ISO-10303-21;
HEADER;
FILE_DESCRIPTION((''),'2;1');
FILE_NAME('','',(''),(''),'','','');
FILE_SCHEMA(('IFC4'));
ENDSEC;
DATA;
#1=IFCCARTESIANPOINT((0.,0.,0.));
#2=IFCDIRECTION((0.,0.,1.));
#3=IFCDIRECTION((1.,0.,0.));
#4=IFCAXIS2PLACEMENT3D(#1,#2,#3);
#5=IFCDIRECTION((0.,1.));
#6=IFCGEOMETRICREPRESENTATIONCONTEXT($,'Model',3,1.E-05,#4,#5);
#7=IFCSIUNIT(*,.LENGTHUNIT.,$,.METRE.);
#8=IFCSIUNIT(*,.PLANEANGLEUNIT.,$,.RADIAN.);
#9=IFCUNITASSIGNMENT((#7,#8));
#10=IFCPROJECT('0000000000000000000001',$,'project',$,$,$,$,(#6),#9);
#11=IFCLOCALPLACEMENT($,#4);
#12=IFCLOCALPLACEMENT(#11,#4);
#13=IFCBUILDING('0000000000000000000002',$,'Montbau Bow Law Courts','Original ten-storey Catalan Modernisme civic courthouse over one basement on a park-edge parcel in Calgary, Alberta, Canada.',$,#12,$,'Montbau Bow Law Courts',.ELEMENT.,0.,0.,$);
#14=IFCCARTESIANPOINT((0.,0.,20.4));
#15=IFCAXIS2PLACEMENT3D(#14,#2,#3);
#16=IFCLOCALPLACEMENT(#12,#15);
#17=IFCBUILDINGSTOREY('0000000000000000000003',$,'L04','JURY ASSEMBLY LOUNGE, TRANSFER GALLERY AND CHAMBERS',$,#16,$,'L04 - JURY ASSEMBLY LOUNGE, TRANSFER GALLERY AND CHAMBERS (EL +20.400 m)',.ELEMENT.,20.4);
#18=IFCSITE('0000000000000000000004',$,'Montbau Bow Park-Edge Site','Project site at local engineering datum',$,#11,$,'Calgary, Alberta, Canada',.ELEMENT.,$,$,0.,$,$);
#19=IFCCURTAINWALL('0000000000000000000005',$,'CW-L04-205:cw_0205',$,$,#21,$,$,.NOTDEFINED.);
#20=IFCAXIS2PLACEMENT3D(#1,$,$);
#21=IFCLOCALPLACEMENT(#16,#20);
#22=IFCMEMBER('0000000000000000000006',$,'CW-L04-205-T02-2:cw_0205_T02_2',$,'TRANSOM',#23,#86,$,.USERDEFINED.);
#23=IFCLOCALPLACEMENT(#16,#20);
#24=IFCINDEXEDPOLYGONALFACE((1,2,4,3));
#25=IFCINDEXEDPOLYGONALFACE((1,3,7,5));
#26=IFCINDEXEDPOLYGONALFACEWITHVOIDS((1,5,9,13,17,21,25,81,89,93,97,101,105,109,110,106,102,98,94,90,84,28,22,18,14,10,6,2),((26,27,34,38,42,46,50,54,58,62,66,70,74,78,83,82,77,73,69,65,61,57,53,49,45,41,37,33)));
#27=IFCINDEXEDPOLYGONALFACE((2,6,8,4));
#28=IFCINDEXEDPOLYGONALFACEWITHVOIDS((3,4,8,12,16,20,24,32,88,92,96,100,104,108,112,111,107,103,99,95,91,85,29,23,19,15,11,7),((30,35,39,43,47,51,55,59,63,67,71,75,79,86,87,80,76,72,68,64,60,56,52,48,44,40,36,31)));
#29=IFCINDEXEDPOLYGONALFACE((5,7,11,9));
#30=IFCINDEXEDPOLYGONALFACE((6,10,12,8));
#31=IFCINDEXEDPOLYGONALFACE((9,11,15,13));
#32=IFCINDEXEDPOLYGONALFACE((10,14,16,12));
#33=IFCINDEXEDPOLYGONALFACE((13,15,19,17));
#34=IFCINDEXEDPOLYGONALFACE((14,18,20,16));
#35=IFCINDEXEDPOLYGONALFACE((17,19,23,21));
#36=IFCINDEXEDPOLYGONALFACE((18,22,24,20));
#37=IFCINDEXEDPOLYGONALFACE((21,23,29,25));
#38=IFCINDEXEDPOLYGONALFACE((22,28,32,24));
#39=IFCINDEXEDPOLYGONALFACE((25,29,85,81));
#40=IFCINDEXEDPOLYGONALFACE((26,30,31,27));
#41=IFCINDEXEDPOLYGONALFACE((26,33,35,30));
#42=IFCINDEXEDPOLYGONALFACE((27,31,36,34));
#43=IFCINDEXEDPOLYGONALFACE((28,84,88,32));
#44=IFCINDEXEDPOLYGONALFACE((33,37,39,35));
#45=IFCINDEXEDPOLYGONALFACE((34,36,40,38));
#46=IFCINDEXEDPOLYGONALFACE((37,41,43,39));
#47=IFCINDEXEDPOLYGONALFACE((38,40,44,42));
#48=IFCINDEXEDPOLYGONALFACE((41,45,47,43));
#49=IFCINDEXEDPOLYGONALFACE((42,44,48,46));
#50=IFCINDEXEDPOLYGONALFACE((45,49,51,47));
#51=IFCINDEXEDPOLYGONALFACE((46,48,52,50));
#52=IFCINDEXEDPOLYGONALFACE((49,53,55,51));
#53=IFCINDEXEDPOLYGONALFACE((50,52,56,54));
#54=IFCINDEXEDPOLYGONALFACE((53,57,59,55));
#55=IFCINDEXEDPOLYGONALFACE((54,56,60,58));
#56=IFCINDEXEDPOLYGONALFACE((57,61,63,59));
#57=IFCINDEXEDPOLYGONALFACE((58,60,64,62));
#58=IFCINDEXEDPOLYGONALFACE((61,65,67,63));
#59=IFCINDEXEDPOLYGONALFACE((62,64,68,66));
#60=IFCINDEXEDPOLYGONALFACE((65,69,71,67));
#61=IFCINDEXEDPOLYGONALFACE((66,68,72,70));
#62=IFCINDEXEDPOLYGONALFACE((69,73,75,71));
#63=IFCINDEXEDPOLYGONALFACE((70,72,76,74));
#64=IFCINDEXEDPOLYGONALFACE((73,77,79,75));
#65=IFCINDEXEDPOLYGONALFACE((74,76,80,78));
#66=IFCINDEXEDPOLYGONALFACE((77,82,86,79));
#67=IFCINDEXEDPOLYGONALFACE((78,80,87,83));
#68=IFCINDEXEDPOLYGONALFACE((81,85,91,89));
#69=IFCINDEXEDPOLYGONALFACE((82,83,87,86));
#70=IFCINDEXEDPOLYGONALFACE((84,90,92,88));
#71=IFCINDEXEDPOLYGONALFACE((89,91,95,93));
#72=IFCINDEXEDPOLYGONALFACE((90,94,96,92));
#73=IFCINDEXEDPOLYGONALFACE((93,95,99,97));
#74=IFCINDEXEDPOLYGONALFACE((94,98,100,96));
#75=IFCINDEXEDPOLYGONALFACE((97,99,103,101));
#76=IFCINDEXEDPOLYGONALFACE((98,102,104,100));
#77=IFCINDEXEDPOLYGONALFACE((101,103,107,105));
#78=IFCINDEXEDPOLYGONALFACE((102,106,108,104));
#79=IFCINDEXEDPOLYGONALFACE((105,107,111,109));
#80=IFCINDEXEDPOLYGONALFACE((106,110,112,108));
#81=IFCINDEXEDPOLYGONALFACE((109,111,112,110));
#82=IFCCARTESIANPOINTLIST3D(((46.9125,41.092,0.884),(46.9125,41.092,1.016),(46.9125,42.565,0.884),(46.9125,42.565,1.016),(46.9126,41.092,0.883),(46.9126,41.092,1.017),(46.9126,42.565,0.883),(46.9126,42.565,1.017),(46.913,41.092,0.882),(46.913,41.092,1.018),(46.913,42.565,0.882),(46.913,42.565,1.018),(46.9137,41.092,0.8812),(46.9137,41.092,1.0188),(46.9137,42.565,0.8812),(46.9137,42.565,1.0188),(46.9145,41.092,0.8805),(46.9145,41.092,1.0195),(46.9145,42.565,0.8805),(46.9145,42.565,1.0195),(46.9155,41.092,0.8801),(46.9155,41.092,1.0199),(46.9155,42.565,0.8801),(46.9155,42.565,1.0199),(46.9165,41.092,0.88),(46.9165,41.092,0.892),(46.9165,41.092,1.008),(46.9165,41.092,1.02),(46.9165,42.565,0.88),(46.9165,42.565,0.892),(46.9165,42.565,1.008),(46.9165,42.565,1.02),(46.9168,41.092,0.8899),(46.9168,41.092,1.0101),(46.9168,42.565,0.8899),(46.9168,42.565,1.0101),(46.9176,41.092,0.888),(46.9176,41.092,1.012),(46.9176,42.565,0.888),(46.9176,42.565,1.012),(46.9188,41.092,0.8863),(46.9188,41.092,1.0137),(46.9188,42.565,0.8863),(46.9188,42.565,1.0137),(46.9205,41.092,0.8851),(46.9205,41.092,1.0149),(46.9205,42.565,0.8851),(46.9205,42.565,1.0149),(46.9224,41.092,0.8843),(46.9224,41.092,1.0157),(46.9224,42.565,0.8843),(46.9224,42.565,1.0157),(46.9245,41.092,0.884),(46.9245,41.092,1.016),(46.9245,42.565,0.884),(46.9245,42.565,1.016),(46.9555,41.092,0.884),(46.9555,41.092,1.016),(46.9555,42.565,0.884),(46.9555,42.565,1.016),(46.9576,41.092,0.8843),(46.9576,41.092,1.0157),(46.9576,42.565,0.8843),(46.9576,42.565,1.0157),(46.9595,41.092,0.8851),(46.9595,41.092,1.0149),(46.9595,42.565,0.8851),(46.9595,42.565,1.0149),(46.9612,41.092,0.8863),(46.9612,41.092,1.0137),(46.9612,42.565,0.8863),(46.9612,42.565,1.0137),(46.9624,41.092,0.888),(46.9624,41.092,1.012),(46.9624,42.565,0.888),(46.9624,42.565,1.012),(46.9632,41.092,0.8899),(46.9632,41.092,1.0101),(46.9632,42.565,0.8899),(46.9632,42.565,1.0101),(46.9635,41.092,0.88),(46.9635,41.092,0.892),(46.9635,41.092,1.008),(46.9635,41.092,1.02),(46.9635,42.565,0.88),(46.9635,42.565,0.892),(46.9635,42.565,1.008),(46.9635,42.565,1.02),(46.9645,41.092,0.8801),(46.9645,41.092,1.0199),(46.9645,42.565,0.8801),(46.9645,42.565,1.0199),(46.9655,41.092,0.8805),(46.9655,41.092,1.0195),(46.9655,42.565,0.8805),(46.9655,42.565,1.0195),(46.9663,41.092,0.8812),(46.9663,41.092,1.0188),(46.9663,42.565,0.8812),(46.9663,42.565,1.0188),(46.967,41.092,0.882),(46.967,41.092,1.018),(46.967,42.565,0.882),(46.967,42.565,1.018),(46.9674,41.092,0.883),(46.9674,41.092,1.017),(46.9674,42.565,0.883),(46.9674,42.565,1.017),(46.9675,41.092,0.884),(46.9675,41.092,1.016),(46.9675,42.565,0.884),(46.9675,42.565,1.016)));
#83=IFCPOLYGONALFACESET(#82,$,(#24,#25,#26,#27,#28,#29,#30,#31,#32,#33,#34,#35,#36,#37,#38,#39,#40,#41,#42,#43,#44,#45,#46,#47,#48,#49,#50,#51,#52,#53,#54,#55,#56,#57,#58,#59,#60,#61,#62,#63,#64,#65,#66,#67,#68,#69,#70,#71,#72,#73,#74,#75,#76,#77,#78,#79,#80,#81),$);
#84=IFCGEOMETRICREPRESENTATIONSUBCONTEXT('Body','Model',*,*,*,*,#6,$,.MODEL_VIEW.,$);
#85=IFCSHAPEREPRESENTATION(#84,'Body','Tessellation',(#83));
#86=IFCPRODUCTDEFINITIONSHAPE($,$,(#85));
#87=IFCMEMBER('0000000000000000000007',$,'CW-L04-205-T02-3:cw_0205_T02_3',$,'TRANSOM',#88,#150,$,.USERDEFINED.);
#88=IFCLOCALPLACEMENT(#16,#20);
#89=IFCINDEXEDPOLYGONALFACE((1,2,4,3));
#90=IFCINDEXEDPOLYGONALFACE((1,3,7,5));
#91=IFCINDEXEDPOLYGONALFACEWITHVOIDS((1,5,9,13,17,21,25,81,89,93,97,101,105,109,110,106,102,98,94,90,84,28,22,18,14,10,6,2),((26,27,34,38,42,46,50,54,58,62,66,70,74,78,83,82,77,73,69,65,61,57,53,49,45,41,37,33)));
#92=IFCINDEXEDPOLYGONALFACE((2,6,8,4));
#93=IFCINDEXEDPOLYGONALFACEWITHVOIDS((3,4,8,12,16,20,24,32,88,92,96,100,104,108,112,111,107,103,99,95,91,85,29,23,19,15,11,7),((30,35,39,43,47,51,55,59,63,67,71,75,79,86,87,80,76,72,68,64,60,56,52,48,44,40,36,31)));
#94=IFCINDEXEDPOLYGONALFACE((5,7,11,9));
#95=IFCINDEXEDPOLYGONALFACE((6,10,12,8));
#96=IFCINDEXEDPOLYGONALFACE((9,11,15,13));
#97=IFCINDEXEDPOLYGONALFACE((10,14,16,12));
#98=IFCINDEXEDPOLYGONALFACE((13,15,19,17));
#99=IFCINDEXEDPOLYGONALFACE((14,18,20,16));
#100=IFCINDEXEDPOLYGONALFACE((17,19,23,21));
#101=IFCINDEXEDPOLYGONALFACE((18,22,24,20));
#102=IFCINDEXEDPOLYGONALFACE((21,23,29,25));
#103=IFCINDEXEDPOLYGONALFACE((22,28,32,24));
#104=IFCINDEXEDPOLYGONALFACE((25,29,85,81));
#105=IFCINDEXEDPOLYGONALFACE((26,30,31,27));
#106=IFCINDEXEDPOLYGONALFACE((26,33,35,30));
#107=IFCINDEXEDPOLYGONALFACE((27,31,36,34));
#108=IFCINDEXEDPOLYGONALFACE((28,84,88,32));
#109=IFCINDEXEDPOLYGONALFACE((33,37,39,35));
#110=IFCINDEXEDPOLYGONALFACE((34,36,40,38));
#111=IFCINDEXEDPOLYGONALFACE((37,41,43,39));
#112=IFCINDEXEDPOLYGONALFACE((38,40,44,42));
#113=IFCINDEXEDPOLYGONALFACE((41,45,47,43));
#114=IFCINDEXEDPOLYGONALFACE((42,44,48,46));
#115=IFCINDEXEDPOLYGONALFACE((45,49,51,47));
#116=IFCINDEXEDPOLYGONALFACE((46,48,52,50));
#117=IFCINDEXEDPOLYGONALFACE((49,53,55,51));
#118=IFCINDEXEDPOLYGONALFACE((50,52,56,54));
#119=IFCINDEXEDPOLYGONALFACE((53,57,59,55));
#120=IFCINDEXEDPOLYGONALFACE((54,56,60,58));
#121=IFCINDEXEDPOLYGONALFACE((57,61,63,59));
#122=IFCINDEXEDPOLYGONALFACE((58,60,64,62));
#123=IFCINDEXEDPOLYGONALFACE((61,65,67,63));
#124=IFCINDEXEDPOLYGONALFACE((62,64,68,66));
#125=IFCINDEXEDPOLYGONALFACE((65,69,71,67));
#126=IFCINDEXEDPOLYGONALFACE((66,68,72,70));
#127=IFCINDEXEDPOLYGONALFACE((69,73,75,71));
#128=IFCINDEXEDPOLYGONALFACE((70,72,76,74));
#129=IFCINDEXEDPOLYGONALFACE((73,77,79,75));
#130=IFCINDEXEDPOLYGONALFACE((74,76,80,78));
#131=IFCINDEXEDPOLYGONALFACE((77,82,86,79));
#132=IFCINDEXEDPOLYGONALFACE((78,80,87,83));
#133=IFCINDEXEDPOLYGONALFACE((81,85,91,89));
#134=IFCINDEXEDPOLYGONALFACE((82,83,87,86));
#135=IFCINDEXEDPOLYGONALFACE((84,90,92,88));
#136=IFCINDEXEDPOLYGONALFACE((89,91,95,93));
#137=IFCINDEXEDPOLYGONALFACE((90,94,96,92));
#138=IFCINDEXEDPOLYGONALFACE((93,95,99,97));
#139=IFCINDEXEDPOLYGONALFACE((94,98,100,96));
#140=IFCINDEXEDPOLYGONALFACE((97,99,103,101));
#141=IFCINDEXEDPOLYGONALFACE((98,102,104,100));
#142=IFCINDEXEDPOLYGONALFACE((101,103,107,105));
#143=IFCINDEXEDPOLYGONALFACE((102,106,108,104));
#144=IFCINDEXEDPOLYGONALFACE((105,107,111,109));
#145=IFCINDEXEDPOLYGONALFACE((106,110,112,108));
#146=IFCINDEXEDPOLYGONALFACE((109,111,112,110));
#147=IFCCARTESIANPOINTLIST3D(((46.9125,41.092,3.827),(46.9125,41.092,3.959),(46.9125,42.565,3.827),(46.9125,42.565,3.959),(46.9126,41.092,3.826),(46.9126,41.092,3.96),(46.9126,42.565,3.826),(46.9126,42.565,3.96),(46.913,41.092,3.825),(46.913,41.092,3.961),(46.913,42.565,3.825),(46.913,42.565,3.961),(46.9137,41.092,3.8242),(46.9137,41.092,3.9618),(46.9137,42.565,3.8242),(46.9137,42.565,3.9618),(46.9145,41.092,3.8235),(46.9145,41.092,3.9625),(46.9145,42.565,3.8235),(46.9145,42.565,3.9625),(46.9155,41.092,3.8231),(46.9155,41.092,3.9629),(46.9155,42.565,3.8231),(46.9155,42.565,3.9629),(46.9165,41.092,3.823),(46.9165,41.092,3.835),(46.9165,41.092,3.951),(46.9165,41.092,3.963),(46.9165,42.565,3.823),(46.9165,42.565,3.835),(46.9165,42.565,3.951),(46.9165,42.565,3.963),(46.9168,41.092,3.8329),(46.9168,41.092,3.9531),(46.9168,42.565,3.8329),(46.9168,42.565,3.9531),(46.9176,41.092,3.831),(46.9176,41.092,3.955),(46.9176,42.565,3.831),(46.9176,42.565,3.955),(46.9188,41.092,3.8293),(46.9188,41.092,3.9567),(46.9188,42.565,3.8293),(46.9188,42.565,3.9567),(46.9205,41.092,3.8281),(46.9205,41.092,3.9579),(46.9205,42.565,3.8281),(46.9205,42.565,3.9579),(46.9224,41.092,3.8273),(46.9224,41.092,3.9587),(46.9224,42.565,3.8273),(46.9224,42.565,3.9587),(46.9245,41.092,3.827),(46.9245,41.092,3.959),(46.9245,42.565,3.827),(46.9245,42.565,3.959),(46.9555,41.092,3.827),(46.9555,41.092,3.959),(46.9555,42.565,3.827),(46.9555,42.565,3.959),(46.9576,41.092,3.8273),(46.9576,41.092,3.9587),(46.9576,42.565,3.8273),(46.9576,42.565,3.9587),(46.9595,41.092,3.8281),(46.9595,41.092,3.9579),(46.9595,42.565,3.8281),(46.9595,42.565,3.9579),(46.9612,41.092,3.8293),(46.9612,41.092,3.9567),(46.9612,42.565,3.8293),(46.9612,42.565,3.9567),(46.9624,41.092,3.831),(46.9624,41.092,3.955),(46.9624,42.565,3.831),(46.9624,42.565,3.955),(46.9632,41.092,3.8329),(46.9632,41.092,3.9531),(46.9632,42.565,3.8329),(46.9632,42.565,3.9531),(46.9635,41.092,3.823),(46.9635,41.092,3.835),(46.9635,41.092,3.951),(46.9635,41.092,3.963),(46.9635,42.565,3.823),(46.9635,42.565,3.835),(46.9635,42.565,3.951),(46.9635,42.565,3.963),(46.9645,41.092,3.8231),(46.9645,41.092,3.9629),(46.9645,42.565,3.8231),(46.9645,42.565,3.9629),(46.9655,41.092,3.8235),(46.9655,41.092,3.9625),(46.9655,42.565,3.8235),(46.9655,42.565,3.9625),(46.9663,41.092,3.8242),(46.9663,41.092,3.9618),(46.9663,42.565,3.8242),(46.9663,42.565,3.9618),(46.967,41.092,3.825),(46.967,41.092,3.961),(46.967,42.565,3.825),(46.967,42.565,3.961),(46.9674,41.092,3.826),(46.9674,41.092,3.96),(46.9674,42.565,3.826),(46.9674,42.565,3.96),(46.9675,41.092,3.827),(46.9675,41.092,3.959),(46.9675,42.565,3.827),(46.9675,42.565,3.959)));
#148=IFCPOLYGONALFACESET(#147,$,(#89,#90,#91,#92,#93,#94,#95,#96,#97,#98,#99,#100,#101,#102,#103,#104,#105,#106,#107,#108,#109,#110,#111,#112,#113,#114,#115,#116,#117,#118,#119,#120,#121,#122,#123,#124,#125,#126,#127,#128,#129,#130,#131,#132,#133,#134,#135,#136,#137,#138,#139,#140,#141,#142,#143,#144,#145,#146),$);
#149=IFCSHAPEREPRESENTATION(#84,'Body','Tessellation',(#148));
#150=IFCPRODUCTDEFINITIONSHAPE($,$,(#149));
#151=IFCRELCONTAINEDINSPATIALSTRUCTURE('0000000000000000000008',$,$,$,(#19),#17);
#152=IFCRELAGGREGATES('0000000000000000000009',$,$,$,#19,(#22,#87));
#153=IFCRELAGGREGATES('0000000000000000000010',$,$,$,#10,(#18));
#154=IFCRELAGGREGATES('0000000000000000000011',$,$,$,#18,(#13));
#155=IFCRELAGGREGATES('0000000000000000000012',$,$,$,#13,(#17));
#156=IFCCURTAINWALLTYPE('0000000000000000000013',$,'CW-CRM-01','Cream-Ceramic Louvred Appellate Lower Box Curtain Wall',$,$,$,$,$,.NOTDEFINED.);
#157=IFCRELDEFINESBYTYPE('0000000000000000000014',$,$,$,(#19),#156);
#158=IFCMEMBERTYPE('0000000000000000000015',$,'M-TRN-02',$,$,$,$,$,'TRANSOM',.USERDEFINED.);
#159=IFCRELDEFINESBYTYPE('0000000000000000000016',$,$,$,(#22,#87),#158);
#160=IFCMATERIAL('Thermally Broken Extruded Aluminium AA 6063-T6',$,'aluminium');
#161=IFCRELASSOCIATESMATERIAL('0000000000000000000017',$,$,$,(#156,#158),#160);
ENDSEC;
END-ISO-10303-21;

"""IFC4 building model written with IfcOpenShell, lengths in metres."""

from ifc_helpers import new_model, si_unit, direction, frame, origin_with_axes, origin_2d_with_axis, place, context, subcontext, project, spatial, hollow_rectangle, extrude, material, material_profile, profile_set, type_object, element, aggregate, save


model = new_model("IFC4")

# Units and contexts
model_context = context("Model", 3, precision=1e-05, world=origin_with_axes(), true_north=direction((0.0, 1.0)))
body_context = subcontext(model_context, "Body", "Model", "MODEL_VIEW")
ifc_project = project(units=[si_unit("LENGTHUNIT", "METRE"), si_unit("PLANEANGLEUNIT", "RADIAN")], contexts=[model_context])

# Site, building, storey
site_placement = place(None, origin_with_axes())
site = spatial("IfcSite", under=ifc_project, at=site_placement, Name="Montbau Bow Park-Edge Site", Description="Project site at local engineering datum", LongName="Calgary, Alberta, Canada", CompositionType="ELEMENT", RefElevation=0.0)
building_placement = place(site_placement, origin_with_axes())
building = spatial("IfcBuilding", under=site, at=building_placement, Name="Montbau Bow Law Courts", Description="Original ten-storey Catalan Modernisme civic courthouse over one basement on a park-edge parcel in Calgary, Alberta, Canada.", LongName="Montbau Bow Law Courts", CompositionType="ELEMENT", ElevationOfRefHeight=0.0, ElevationOfTerrain=0.0)
storey_placement = place(building_placement, frame((0.0, 0.0, 20.4), z_axis=(0.0, 0.0, 1.0), x_axis=(1.0, 0.0, 0.0)))
storey = spatial("IfcBuildingStorey", under=building, at=storey_placement, Name="L04", Description="JURY ASSEMBLY LOUNGE, TRANSFER GALLERY AND CHAMBERS", LongName="L04 - JURY ASSEMBLY LOUNGE, TRANSFER GALLERY AND CHAMBERS (EL +20.400 m)", CompositionType="ELEMENT", Elevation=20.4)

# Curtain wall
ifc_material_1 = material(Name="Thermally Broken Extruded Aluminium AA 6063-T6", Category="aluminium")
curtain_wall_type = type_object("IfcCurtainWallType", Name="CW-CRM-01", Description="Cream-Ceramic Louvred Appellate Lower Box Curtain Wall", PredefinedType="NOTDEFINED", material=ifc_material_1)
curtain_wall_1_placement = place(None, frame((46.94, 39.515, 20.4), z_axis=(0.0, 0.0, 1.0), x_axis=(1.0, 0.0, 0.0)))
curtain_wall_1 = element("IfcCurtainWall", 1, at=curtain_wall_1_placement, inside=storey, type_object=curtain_wall_type, Name="CW-L04-205:cw_0205", PredefinedType="NOTDEFINED")

# Members
ifc_material_profile_1 = material_profile(ifc_material_1, hollow_rectangle(XDim=0.055, YDim=0.14, WallThickness=0.004, InnerFilletRadius=0.008, OuterFilletRadius=0.004, at=origin_2d_with_axis()), Name="CWT-140X55", Category="Main", Priority=0)
ifc_profile_set_1 = profile_set([ifc_material_profile_1], Name="Thermally Broken Extruded Aluminium AA 6063-T6")
member_type_1 = type_object("IfcMemberType", Name="M-TRN-02", ElementType="TRANSOM", PredefinedType="USERDEFINED", material=ifc_profile_set_1)
member_1_placement = place(None, frame((46.94, 41.092, 21.35), z_axis=(0.0, 1.0, 0.0), x_axis=(-1.0, 0.0, 0.0)))
member_1 = element("IfcMember", 2, at=member_1_placement, type_object=member_type_1, Name="CW-L04-205-T02-2:cw_0205_T02_2", ObjectType="TRANSOM", PredefinedType="USERDEFINED", context=body_context, shape_type="SweptSolid", body=[
    extrude(hollow_rectangle(XDim=0.055, YDim=0.14, WallThickness=0.004, InnerFilletRadius=0.008, OuterFilletRadius=0.004, at=origin_2d_with_axis()), origin_with_axes(), (0.0, 0.0, 1.0), 1.473),
])
member_2_placement = place(None, frame((46.94, 41.092, 24.293), z_axis=(0.0, 1.0, 0.0), x_axis=(-1.0, 0.0, 0.0)))
member_2 = element("IfcMember", 3, at=member_2_placement, type_object=member_type_1, Name="CW-L04-205-T02-3:cw_0205_T02_3", ObjectType="TRANSOM", PredefinedType="USERDEFINED", context=body_context, shape_type="SweptSolid", body=[
    extrude(hollow_rectangle(XDim=0.055, YDim=0.14, WallThickness=0.004, InnerFilletRadius=0.008, OuterFilletRadius=0.004, at=origin_2d_with_axis()), origin_with_axes(), (0.0, 0.0, 1.0), 1.473),
])

aggregate(curtain_wall_1, [member_1, member_2])

save(model, "model.ifc")
